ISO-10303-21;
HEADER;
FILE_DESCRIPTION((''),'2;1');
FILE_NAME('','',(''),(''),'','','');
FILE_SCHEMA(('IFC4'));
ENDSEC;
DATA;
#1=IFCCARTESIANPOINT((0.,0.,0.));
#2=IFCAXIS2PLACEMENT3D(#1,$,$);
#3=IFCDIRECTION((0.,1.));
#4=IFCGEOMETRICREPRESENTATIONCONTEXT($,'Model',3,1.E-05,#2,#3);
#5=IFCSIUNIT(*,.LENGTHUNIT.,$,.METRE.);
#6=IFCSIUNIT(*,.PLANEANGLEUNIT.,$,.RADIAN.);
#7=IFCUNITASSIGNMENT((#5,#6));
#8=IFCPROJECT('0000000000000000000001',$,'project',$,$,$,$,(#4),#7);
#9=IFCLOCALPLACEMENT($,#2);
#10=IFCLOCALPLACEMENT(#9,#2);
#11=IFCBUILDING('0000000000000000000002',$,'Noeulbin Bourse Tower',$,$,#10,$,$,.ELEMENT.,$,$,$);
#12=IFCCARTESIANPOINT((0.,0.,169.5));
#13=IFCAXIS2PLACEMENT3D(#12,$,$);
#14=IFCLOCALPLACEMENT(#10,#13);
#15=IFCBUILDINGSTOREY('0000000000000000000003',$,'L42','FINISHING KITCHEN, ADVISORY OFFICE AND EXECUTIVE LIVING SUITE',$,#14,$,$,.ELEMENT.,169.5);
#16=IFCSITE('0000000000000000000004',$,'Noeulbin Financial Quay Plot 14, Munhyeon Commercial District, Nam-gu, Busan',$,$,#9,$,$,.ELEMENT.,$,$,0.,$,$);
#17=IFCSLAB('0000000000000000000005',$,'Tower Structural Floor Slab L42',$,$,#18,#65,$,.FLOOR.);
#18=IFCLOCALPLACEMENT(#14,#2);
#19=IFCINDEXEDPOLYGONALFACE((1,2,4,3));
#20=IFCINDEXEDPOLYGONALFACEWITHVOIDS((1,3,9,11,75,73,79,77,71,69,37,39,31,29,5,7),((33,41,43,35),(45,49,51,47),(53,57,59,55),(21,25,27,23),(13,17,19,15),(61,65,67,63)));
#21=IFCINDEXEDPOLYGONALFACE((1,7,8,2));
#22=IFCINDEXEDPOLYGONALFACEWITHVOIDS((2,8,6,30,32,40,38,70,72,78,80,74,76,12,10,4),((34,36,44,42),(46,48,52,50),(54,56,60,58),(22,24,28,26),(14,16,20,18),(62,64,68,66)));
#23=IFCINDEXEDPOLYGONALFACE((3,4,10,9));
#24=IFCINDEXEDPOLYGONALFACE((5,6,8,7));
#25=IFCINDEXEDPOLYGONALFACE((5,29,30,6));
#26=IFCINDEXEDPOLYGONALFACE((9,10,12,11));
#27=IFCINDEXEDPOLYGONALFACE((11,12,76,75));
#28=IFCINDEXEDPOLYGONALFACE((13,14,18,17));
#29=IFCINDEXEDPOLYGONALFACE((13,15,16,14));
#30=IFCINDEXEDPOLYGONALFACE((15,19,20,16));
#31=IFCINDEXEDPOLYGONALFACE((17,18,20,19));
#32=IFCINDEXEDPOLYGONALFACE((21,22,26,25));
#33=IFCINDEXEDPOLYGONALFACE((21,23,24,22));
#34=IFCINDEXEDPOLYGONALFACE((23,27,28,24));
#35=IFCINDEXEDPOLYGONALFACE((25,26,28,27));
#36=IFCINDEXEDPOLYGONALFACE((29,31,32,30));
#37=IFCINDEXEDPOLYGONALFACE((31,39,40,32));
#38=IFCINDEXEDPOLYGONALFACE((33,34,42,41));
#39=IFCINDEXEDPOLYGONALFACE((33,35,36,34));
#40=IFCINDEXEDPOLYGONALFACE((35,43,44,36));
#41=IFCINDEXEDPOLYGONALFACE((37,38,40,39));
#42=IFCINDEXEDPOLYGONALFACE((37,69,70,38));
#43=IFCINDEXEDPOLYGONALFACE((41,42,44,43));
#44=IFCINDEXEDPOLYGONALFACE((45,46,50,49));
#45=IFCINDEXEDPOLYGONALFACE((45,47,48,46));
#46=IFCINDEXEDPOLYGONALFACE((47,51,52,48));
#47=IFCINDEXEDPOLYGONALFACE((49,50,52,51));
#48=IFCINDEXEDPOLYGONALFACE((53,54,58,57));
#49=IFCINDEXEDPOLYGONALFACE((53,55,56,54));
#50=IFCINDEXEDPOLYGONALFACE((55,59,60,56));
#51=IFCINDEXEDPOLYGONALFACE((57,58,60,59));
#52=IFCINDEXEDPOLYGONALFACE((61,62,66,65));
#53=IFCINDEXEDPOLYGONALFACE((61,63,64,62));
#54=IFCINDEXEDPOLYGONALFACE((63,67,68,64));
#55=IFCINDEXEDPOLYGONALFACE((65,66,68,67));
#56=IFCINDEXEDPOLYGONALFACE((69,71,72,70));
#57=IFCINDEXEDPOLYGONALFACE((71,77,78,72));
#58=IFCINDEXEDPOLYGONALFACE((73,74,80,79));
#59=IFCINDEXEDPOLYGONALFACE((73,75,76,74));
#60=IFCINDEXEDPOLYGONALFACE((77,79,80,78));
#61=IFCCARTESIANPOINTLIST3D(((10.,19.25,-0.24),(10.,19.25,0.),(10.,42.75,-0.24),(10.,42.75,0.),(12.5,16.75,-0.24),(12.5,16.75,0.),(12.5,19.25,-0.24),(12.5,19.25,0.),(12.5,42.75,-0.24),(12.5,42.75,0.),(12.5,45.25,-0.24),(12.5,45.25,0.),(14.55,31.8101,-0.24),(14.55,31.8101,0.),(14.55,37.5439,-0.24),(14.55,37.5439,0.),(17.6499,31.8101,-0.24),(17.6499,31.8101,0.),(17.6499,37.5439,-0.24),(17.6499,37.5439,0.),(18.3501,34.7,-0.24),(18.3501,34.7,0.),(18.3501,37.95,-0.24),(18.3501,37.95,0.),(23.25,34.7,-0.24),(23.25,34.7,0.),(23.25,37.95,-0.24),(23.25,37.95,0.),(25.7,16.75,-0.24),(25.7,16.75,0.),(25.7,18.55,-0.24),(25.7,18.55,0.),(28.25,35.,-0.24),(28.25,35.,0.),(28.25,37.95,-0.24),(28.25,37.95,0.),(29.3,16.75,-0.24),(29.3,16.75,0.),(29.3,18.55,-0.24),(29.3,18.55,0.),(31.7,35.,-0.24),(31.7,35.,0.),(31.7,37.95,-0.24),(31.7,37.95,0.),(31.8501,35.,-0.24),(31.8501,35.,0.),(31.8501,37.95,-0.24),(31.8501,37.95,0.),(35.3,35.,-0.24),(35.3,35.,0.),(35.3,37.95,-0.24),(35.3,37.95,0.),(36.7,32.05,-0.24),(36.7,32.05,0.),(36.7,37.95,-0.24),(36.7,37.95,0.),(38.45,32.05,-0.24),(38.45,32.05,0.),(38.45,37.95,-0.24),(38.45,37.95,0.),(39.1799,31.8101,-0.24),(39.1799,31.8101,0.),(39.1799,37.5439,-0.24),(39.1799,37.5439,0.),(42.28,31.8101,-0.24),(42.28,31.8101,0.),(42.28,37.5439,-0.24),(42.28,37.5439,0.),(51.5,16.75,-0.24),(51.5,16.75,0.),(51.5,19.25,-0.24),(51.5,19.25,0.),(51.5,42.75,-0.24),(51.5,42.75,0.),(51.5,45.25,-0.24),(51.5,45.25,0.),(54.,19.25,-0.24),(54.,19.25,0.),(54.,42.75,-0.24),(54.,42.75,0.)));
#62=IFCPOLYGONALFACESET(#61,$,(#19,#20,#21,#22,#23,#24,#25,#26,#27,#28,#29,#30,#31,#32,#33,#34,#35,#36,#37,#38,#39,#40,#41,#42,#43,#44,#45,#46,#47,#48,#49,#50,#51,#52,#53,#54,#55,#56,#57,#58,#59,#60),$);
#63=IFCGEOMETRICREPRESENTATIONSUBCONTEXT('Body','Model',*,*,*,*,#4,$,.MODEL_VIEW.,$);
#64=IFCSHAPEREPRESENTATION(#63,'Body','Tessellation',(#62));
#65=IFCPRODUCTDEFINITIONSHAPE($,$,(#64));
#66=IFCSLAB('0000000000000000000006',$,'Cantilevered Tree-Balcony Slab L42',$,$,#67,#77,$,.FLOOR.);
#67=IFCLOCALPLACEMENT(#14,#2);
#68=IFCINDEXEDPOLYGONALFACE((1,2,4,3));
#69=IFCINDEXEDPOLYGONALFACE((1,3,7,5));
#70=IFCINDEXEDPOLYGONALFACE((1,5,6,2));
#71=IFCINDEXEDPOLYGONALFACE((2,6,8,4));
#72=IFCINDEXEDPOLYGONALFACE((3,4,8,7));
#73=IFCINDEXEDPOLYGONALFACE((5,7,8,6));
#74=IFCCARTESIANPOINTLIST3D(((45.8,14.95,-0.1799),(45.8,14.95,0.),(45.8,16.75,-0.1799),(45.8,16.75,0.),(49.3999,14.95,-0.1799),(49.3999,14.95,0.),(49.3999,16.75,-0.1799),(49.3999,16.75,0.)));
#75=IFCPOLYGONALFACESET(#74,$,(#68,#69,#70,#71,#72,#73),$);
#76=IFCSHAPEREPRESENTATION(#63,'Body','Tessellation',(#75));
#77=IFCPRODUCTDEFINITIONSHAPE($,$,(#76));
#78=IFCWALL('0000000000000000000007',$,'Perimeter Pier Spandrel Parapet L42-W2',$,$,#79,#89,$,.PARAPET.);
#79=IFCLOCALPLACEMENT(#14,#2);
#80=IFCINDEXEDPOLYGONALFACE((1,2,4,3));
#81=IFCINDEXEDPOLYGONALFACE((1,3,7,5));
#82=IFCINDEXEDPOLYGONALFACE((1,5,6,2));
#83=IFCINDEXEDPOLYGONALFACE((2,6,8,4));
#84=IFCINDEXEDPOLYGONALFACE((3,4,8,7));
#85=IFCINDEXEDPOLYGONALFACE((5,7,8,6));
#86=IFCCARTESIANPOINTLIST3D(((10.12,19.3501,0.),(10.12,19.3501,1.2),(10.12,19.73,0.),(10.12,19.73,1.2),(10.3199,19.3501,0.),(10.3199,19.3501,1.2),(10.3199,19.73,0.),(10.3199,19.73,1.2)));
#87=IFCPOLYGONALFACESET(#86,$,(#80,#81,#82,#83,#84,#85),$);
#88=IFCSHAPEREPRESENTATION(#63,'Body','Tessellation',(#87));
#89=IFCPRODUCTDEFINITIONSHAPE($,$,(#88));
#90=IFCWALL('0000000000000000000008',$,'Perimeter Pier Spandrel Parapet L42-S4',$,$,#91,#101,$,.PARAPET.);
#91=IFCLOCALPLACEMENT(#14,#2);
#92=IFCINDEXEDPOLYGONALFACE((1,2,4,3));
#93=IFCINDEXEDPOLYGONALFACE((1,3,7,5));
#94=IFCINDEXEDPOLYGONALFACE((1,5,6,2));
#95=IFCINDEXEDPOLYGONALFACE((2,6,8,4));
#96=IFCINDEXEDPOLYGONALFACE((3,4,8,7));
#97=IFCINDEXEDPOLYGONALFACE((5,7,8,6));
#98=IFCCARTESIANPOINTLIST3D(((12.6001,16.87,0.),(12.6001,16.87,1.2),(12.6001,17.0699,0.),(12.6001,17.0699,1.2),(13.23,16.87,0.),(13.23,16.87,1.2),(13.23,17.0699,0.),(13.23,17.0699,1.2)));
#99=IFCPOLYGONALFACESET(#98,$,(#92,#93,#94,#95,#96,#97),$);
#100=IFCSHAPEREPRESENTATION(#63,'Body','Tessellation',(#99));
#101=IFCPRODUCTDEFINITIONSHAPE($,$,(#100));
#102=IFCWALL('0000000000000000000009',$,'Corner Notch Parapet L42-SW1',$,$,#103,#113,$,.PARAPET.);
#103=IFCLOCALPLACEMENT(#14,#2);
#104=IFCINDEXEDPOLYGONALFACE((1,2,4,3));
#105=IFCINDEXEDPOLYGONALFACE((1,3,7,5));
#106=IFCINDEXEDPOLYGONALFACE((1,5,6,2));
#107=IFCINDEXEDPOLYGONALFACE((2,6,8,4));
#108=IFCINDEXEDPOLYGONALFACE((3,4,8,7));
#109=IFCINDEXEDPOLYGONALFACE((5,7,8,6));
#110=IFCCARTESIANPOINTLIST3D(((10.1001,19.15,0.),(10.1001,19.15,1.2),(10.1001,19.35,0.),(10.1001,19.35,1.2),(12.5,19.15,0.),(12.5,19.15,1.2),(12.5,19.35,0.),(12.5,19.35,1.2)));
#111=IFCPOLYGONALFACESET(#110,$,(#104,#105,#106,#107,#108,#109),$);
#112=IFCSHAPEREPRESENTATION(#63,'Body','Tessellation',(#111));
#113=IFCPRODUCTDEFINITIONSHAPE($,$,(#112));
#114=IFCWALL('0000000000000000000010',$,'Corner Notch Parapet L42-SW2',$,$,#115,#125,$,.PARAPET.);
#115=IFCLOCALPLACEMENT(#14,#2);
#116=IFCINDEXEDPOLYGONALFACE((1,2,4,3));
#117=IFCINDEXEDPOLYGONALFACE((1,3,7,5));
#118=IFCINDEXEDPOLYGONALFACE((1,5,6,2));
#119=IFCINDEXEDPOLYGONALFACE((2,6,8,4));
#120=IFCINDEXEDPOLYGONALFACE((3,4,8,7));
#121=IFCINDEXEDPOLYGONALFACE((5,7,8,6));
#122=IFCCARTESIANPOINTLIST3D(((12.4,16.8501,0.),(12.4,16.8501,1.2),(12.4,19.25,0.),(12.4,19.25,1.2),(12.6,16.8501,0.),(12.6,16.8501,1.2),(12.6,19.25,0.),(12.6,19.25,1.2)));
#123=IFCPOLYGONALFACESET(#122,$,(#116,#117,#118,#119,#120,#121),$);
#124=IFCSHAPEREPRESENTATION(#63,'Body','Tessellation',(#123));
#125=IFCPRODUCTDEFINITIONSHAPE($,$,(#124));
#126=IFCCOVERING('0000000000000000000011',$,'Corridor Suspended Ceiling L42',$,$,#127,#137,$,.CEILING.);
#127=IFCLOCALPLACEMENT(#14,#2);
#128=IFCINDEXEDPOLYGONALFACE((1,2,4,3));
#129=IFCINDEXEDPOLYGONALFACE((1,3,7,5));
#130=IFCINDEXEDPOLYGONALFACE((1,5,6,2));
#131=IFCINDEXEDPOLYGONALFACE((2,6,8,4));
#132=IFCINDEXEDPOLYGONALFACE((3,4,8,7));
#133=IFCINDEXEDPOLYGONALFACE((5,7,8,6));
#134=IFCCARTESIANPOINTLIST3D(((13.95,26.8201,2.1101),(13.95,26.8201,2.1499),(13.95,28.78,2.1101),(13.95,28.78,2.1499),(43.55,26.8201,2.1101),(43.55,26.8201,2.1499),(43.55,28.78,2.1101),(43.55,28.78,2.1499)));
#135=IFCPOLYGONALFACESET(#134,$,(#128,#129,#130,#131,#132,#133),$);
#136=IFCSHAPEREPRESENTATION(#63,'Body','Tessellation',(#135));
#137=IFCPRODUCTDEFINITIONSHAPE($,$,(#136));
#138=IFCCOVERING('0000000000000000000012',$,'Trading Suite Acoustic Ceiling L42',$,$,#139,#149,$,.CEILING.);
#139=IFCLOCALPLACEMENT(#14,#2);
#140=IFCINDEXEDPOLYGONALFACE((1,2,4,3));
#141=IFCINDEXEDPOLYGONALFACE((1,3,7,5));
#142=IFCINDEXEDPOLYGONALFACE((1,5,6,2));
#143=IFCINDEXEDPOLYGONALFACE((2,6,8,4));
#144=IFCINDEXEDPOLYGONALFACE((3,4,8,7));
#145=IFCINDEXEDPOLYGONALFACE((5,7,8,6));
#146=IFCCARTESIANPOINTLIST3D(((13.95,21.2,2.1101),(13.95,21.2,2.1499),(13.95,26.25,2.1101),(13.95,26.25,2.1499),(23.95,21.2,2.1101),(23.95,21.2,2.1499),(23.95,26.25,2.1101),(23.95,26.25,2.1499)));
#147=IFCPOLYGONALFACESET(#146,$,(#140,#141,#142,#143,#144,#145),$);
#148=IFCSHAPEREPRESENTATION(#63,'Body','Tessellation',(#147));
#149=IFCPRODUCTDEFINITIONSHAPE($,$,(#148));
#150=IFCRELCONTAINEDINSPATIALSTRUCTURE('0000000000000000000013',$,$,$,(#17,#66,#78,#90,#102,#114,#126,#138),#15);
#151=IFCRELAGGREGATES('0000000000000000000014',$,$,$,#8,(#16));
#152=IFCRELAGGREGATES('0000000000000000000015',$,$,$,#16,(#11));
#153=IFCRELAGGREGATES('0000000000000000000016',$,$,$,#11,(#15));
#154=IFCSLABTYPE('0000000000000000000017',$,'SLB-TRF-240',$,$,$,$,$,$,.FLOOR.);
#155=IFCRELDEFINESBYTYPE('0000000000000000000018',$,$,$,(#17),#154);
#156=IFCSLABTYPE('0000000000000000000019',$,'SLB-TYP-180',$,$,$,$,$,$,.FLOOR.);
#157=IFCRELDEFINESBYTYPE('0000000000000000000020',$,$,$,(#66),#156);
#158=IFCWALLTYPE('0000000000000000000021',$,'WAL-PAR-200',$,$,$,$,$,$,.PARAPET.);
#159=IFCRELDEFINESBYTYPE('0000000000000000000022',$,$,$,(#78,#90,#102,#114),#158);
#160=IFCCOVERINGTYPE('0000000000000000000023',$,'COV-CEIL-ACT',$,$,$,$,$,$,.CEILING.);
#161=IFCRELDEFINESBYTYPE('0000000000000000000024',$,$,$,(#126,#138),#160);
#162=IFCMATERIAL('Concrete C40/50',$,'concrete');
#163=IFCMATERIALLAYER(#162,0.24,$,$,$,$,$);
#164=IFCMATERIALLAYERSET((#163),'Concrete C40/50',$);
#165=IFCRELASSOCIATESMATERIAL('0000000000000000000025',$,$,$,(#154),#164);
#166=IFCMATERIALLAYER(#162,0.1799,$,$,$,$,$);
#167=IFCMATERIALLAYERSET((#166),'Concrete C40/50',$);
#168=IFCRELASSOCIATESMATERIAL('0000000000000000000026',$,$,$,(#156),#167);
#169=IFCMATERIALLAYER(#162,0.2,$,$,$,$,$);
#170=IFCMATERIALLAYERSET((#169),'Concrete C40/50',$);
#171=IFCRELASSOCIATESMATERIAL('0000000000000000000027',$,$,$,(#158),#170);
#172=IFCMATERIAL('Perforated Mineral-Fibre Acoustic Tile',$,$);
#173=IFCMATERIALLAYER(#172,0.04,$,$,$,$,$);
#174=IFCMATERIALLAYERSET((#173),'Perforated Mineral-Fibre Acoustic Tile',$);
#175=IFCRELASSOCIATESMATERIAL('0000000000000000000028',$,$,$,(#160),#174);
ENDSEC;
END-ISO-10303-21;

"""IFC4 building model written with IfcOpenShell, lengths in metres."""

from ifc_helpers import new_model, si_unit, direction, frame, frame_2d, origin, place, context, subcontext, project, spatial, polyline, rectangle, outline, extrude, material, layer, layer_set, type_object, element, save


model = new_model("IFC4")

# Units and contexts
model_context = context("Model", 3, precision=1e-05, world=origin(), true_north=direction((0.0, 1.0)))
body_context = subcontext(model_context, "Body", "Model", "MODEL_VIEW")
ifc_project = project(units=[si_unit("LENGTHUNIT", "METRE"), si_unit("PLANEANGLEUNIT", "RADIAN")], contexts=[model_context])

# Site, building, storey
site_placement = place(None, origin())
site = spatial("IfcSite", under=ifc_project, at=site_placement, Name="Noeulbin Financial Quay Plot 14, Munhyeon Commercial District, Nam-gu, Busan", CompositionType="ELEMENT", RefElevation=0.0)
building_placement = place(site_placement, origin())
building = spatial("IfcBuilding", under=site, at=building_placement, Name="Noeulbin Bourse Tower", CompositionType="ELEMENT")
storey_placement = place(building_placement, frame((0.0, 0.0, 169.5)))
storey = spatial("IfcBuildingStorey", under=building, at=storey_placement, Name="L42", Description="FINISHING KITCHEN, ADVISORY OFFICE AND EXECUTIVE LIVING SUITE", CompositionType="ELEMENT", Elevation=169.5)

# Shared definitions
ifc_material_1 = material(Name="Concrete C40/50", Category="concrete")

# Slab, openings
ifc_layer_1 = layer(ifc_material_1, 0.24)
ifc_layer_set_1 = layer_set([ifc_layer_1], Name="Concrete C40/50")
slab_type_1 = type_object("IfcSlabType", Name="SLB-TRF-240", PredefinedType="FLOOR", material=ifc_layer_set_1)
slab_1_placement = place(storey_placement, frame((0.0, 0.0, -0.24)))
slab_1 = element("IfcSlab", 1, at=slab_1_placement, inside=storey, type_object=slab_type_1, Name="Tower Structural Floor Slab L42", PredefinedType="FLOOR", context=body_context, shape_type="SweptSolid", body=[
    extrude(outline(polyline([(12.5, 16.75), (25.7, 16.75), (25.7, 18.55), (29.3, 18.55), (29.3, 16.75), (51.5, 16.75), (51.5, 19.25), (54.0, 19.25), (54.0, 42.75), (51.5, 42.75), (51.5, 45.25), (12.5, 45.25), (12.5, 42.75), (10.0, 42.75), (10.0, 19.25), (12.5, 19.25), (12.5, 16.75)]), holes=[polyline([(17.6499, 31.8101), (17.6499, 37.5439), (14.55, 37.5439), (14.55, 31.8101), (17.6499, 31.8101)]), polyline([(42.28, 31.8101), (42.28, 37.5439), (39.1799, 37.5439), (39.1799, 31.8101), (42.28, 31.8101)]), polyline([(18.3501, 34.7), (23.25, 34.7), (23.25, 37.95), (18.3501, 37.95), (18.3501, 34.7)]), polyline([(36.7, 32.05), (38.45, 32.05), (38.45, 37.95), (36.7, 37.95), (36.7, 32.05)]), polyline([(28.25, 35.0), (31.7, 35.0), (31.7, 37.95), (28.25, 37.95), (28.25, 35.0)]), polyline([(31.8501, 35.0), (35.3, 35.0), (35.3, 37.95), (31.8501, 37.95), (31.8501, 35.0)])]), origin(), (0.0, 0.0, 1.0), 0.24),
])
opening_1_placement = place(slab_1_placement, frame((0.0, 0.0, -0.01)))
element("IfcOpeningElement", 2, at=opening_1_placement, cuts=slab_1, PredefinedType="OPENING", context=body_context, shape_type="SweptSolid", body=[
    extrude(outline(polyline([(17.6499, 31.8101), (17.6499, 37.5439), (14.55, 37.5439), (14.55, 31.8101), (17.6499, 31.8101)])), origin(), (0.0, 0.0, 1.0), 0.26),
])
opening_2_placement = place(slab_1_placement, frame((0.0, 0.0, -0.01)))
element("IfcOpeningElement", 3, at=opening_2_placement, cuts=slab_1, PredefinedType="OPENING", context=body_context, shape_type="SweptSolid", body=[
    extrude(outline(polyline([(42.28, 31.8101), (42.28, 37.5439), (39.1799, 37.5439), (39.1799, 31.8101), (42.28, 31.8101)])), origin(), (0.0, 0.0, 1.0), 0.26),
])
opening_3_placement = place(slab_1_placement, frame((0.0, 0.0, -0.01)))
element("IfcOpeningElement", 4, at=opening_3_placement, cuts=slab_1, PredefinedType="OPENING", context=body_context, shape_type="SweptSolid", body=[
    extrude(outline(polyline([(18.3501, 34.7), (23.25, 34.7), (23.25, 37.95), (18.3501, 37.95), (18.3501, 34.7)])), origin(), (0.0, 0.0, 1.0), 0.26),
])
opening_4_placement = place(slab_1_placement, frame((0.0, 0.0, -0.01)))
element("IfcOpeningElement", 5, at=opening_4_placement, cuts=slab_1, PredefinedType="OPENING", context=body_context, shape_type="SweptSolid", body=[
    extrude(outline(polyline([(36.7, 32.05), (38.45, 32.05), (38.45, 37.95), (36.7, 37.95), (36.7, 32.05)])), origin(), (0.0, 0.0, 1.0), 0.26),
])
opening_5_placement = place(slab_1_placement, frame((0.0, 0.0, -0.01)))
element("IfcOpeningElement", 6, at=opening_5_placement, cuts=slab_1, PredefinedType="OPENING", context=body_context, shape_type="SweptSolid", body=[
    extrude(outline(polyline([(28.25, 35.0), (31.7, 35.0), (31.7, 37.95), (28.25, 37.95), (28.25, 35.0)])), origin(), (0.0, 0.0, 1.0), 0.26),
])
opening_6_placement = place(slab_1_placement, frame((0.0, 0.0, -0.01)))
element("IfcOpeningElement", 7, at=opening_6_placement, cuts=slab_1, PredefinedType="OPENING", context=body_context, shape_type="SweptSolid", body=[
    extrude(outline(polyline([(31.8501, 35.0), (35.3, 35.0), (35.3, 37.95), (31.8501, 37.95), (31.8501, 35.0)])), origin(), (0.0, 0.0, 1.0), 0.26),
])

# Slab
ifc_layer_2 = layer(ifc_material_1, 0.1799)
ifc_layer_set_2 = layer_set([ifc_layer_2], Name="Concrete C40/50")
slab_type_2 = type_object("IfcSlabType", Name="SLB-TYP-180", PredefinedType="FLOOR", material=ifc_layer_set_2)
slab_2_placement = place(storey_placement, frame((0.0, 0.0, -0.1799)))
element("IfcSlab", 8, at=slab_2_placement, inside=storey, type_object=slab_type_2, Name="Cantilevered Tree-Balcony Slab L42", PredefinedType="FLOOR", context=body_context, shape_type="SweptSolid", body=[
    extrude(outline(polyline([(45.8, 14.95), (49.3999, 14.95), (49.3999, 16.75), (45.8, 16.75), (45.8, 14.95)])), origin(), (0.0, 0.0, 1.0), 0.1799),
])

# Walls
ifc_layer_3 = layer(ifc_material_1, 0.2)
ifc_layer_set_3 = layer_set([ifc_layer_3], Name="Concrete C40/50")
wall_type = type_object("IfcWallType", Name="WAL-PAR-200", PredefinedType="PARAPET", material=ifc_layer_set_3)
wall_1_placement = place(storey_placement, frame((10.22, 19.3501, 0.0), z_axis=(0.0, 0.0, 1.0), x_axis=(0.0, 1.0, 0.0)))
element("IfcWall", 9, at=wall_1_placement, inside=storey, type_object=wall_type, Name="Perimeter Pier Spandrel Parapet L42-W2", PredefinedType="PARAPET", context=body_context, shape_type="SweptSolid", body=[
    extrude(rectangle(XDim=0.3799, YDim=0.2, at=frame_2d((0.1899, 0.0))), origin(), (0.0, 0.0, 1.0), 1.2),
])
wall_2_placement = place(storey_placement, frame((12.6001, 16.97, 0.0), z_axis=(0.0, 0.0, 1.0), x_axis=(1.0, 0.0, 0.0)))
element("IfcWall", 10, at=wall_2_placement, inside=storey, type_object=wall_type, Name="Perimeter Pier Spandrel Parapet L42-S4", PredefinedType="PARAPET", context=body_context, shape_type="SweptSolid", body=[
    extrude(rectangle(XDim=0.6299, YDim=0.2, at=frame_2d((0.3149, 0.0))), origin(), (0.0, 0.0, 1.0), 1.2),
])
for number, where, z_axis, x_axis, name in (
    (11, (10.1001, 19.25, 0.0), (0.0, 0.0, 1.0), (1.0, 0.0, 0.0), "Corner Notch Parapet L42-SW1"),
    (12, (12.5, 19.25, 0.0), (0.0, 0.0, 1.0), (0.0, -1.0, 0.0), "Corner Notch Parapet L42-SW2"),
):
    element("IfcWall", number, at=place(storey_placement, frame(where, z_axis=z_axis, x_axis=x_axis)), inside=storey, type_object=wall_type, Name=name, PredefinedType="PARAPET", context=body_context, shape_type="SweptSolid", body=[
        extrude(rectangle(XDim=2.3999, YDim=0.2, at=frame_2d((1.2, 0.0))), origin(), (0.0, 0.0, 1.0), 1.2),
    ])

# Coverings
ifc_material_2 = material(Name="Perforated Mineral-Fibre Acoustic Tile")
ifc_layer_4 = layer(ifc_material_2, 0.04)
ifc_layer_set_4 = layer_set([ifc_layer_4], Name="Perforated Mineral-Fibre Acoustic Tile")
covering_type = type_object("IfcCoveringType", Name="COV-CEIL-ACT", PredefinedType="CEILING", material=ifc_layer_set_4)
covering_1_placement = place(storey_placement, frame((0.0, 0.0, 2.1101)))
element("IfcCovering", 13, at=covering_1_placement, inside=storey, type_object=covering_type, Name="Corridor Suspended Ceiling L42", PredefinedType="CEILING", context=body_context, shape_type="SweptSolid", body=[
    extrude(outline(polyline([(13.95, 26.8201), (43.55, 26.8201), (43.55, 28.78), (13.95, 28.78), (13.95, 26.8201)])), origin(), (0.0, 0.0, 1.0), 0.0398),
])
covering_2_placement = place(storey_placement, frame((0.0, 0.0, 2.1101)))
element("IfcCovering", 14, at=covering_2_placement, inside=storey, type_object=covering_type, Name="Trading Suite Acoustic Ceiling L42", PredefinedType="CEILING", context=body_context, shape_type="SweptSolid", body=[
    extrude(outline(polyline([(13.95, 21.2), (23.95, 21.2), (23.95, 26.25), (13.95, 26.25), (13.95, 21.2)])), origin(), (0.0, 0.0, 1.0), 0.0398),
])

save(model, "model.ifc")
